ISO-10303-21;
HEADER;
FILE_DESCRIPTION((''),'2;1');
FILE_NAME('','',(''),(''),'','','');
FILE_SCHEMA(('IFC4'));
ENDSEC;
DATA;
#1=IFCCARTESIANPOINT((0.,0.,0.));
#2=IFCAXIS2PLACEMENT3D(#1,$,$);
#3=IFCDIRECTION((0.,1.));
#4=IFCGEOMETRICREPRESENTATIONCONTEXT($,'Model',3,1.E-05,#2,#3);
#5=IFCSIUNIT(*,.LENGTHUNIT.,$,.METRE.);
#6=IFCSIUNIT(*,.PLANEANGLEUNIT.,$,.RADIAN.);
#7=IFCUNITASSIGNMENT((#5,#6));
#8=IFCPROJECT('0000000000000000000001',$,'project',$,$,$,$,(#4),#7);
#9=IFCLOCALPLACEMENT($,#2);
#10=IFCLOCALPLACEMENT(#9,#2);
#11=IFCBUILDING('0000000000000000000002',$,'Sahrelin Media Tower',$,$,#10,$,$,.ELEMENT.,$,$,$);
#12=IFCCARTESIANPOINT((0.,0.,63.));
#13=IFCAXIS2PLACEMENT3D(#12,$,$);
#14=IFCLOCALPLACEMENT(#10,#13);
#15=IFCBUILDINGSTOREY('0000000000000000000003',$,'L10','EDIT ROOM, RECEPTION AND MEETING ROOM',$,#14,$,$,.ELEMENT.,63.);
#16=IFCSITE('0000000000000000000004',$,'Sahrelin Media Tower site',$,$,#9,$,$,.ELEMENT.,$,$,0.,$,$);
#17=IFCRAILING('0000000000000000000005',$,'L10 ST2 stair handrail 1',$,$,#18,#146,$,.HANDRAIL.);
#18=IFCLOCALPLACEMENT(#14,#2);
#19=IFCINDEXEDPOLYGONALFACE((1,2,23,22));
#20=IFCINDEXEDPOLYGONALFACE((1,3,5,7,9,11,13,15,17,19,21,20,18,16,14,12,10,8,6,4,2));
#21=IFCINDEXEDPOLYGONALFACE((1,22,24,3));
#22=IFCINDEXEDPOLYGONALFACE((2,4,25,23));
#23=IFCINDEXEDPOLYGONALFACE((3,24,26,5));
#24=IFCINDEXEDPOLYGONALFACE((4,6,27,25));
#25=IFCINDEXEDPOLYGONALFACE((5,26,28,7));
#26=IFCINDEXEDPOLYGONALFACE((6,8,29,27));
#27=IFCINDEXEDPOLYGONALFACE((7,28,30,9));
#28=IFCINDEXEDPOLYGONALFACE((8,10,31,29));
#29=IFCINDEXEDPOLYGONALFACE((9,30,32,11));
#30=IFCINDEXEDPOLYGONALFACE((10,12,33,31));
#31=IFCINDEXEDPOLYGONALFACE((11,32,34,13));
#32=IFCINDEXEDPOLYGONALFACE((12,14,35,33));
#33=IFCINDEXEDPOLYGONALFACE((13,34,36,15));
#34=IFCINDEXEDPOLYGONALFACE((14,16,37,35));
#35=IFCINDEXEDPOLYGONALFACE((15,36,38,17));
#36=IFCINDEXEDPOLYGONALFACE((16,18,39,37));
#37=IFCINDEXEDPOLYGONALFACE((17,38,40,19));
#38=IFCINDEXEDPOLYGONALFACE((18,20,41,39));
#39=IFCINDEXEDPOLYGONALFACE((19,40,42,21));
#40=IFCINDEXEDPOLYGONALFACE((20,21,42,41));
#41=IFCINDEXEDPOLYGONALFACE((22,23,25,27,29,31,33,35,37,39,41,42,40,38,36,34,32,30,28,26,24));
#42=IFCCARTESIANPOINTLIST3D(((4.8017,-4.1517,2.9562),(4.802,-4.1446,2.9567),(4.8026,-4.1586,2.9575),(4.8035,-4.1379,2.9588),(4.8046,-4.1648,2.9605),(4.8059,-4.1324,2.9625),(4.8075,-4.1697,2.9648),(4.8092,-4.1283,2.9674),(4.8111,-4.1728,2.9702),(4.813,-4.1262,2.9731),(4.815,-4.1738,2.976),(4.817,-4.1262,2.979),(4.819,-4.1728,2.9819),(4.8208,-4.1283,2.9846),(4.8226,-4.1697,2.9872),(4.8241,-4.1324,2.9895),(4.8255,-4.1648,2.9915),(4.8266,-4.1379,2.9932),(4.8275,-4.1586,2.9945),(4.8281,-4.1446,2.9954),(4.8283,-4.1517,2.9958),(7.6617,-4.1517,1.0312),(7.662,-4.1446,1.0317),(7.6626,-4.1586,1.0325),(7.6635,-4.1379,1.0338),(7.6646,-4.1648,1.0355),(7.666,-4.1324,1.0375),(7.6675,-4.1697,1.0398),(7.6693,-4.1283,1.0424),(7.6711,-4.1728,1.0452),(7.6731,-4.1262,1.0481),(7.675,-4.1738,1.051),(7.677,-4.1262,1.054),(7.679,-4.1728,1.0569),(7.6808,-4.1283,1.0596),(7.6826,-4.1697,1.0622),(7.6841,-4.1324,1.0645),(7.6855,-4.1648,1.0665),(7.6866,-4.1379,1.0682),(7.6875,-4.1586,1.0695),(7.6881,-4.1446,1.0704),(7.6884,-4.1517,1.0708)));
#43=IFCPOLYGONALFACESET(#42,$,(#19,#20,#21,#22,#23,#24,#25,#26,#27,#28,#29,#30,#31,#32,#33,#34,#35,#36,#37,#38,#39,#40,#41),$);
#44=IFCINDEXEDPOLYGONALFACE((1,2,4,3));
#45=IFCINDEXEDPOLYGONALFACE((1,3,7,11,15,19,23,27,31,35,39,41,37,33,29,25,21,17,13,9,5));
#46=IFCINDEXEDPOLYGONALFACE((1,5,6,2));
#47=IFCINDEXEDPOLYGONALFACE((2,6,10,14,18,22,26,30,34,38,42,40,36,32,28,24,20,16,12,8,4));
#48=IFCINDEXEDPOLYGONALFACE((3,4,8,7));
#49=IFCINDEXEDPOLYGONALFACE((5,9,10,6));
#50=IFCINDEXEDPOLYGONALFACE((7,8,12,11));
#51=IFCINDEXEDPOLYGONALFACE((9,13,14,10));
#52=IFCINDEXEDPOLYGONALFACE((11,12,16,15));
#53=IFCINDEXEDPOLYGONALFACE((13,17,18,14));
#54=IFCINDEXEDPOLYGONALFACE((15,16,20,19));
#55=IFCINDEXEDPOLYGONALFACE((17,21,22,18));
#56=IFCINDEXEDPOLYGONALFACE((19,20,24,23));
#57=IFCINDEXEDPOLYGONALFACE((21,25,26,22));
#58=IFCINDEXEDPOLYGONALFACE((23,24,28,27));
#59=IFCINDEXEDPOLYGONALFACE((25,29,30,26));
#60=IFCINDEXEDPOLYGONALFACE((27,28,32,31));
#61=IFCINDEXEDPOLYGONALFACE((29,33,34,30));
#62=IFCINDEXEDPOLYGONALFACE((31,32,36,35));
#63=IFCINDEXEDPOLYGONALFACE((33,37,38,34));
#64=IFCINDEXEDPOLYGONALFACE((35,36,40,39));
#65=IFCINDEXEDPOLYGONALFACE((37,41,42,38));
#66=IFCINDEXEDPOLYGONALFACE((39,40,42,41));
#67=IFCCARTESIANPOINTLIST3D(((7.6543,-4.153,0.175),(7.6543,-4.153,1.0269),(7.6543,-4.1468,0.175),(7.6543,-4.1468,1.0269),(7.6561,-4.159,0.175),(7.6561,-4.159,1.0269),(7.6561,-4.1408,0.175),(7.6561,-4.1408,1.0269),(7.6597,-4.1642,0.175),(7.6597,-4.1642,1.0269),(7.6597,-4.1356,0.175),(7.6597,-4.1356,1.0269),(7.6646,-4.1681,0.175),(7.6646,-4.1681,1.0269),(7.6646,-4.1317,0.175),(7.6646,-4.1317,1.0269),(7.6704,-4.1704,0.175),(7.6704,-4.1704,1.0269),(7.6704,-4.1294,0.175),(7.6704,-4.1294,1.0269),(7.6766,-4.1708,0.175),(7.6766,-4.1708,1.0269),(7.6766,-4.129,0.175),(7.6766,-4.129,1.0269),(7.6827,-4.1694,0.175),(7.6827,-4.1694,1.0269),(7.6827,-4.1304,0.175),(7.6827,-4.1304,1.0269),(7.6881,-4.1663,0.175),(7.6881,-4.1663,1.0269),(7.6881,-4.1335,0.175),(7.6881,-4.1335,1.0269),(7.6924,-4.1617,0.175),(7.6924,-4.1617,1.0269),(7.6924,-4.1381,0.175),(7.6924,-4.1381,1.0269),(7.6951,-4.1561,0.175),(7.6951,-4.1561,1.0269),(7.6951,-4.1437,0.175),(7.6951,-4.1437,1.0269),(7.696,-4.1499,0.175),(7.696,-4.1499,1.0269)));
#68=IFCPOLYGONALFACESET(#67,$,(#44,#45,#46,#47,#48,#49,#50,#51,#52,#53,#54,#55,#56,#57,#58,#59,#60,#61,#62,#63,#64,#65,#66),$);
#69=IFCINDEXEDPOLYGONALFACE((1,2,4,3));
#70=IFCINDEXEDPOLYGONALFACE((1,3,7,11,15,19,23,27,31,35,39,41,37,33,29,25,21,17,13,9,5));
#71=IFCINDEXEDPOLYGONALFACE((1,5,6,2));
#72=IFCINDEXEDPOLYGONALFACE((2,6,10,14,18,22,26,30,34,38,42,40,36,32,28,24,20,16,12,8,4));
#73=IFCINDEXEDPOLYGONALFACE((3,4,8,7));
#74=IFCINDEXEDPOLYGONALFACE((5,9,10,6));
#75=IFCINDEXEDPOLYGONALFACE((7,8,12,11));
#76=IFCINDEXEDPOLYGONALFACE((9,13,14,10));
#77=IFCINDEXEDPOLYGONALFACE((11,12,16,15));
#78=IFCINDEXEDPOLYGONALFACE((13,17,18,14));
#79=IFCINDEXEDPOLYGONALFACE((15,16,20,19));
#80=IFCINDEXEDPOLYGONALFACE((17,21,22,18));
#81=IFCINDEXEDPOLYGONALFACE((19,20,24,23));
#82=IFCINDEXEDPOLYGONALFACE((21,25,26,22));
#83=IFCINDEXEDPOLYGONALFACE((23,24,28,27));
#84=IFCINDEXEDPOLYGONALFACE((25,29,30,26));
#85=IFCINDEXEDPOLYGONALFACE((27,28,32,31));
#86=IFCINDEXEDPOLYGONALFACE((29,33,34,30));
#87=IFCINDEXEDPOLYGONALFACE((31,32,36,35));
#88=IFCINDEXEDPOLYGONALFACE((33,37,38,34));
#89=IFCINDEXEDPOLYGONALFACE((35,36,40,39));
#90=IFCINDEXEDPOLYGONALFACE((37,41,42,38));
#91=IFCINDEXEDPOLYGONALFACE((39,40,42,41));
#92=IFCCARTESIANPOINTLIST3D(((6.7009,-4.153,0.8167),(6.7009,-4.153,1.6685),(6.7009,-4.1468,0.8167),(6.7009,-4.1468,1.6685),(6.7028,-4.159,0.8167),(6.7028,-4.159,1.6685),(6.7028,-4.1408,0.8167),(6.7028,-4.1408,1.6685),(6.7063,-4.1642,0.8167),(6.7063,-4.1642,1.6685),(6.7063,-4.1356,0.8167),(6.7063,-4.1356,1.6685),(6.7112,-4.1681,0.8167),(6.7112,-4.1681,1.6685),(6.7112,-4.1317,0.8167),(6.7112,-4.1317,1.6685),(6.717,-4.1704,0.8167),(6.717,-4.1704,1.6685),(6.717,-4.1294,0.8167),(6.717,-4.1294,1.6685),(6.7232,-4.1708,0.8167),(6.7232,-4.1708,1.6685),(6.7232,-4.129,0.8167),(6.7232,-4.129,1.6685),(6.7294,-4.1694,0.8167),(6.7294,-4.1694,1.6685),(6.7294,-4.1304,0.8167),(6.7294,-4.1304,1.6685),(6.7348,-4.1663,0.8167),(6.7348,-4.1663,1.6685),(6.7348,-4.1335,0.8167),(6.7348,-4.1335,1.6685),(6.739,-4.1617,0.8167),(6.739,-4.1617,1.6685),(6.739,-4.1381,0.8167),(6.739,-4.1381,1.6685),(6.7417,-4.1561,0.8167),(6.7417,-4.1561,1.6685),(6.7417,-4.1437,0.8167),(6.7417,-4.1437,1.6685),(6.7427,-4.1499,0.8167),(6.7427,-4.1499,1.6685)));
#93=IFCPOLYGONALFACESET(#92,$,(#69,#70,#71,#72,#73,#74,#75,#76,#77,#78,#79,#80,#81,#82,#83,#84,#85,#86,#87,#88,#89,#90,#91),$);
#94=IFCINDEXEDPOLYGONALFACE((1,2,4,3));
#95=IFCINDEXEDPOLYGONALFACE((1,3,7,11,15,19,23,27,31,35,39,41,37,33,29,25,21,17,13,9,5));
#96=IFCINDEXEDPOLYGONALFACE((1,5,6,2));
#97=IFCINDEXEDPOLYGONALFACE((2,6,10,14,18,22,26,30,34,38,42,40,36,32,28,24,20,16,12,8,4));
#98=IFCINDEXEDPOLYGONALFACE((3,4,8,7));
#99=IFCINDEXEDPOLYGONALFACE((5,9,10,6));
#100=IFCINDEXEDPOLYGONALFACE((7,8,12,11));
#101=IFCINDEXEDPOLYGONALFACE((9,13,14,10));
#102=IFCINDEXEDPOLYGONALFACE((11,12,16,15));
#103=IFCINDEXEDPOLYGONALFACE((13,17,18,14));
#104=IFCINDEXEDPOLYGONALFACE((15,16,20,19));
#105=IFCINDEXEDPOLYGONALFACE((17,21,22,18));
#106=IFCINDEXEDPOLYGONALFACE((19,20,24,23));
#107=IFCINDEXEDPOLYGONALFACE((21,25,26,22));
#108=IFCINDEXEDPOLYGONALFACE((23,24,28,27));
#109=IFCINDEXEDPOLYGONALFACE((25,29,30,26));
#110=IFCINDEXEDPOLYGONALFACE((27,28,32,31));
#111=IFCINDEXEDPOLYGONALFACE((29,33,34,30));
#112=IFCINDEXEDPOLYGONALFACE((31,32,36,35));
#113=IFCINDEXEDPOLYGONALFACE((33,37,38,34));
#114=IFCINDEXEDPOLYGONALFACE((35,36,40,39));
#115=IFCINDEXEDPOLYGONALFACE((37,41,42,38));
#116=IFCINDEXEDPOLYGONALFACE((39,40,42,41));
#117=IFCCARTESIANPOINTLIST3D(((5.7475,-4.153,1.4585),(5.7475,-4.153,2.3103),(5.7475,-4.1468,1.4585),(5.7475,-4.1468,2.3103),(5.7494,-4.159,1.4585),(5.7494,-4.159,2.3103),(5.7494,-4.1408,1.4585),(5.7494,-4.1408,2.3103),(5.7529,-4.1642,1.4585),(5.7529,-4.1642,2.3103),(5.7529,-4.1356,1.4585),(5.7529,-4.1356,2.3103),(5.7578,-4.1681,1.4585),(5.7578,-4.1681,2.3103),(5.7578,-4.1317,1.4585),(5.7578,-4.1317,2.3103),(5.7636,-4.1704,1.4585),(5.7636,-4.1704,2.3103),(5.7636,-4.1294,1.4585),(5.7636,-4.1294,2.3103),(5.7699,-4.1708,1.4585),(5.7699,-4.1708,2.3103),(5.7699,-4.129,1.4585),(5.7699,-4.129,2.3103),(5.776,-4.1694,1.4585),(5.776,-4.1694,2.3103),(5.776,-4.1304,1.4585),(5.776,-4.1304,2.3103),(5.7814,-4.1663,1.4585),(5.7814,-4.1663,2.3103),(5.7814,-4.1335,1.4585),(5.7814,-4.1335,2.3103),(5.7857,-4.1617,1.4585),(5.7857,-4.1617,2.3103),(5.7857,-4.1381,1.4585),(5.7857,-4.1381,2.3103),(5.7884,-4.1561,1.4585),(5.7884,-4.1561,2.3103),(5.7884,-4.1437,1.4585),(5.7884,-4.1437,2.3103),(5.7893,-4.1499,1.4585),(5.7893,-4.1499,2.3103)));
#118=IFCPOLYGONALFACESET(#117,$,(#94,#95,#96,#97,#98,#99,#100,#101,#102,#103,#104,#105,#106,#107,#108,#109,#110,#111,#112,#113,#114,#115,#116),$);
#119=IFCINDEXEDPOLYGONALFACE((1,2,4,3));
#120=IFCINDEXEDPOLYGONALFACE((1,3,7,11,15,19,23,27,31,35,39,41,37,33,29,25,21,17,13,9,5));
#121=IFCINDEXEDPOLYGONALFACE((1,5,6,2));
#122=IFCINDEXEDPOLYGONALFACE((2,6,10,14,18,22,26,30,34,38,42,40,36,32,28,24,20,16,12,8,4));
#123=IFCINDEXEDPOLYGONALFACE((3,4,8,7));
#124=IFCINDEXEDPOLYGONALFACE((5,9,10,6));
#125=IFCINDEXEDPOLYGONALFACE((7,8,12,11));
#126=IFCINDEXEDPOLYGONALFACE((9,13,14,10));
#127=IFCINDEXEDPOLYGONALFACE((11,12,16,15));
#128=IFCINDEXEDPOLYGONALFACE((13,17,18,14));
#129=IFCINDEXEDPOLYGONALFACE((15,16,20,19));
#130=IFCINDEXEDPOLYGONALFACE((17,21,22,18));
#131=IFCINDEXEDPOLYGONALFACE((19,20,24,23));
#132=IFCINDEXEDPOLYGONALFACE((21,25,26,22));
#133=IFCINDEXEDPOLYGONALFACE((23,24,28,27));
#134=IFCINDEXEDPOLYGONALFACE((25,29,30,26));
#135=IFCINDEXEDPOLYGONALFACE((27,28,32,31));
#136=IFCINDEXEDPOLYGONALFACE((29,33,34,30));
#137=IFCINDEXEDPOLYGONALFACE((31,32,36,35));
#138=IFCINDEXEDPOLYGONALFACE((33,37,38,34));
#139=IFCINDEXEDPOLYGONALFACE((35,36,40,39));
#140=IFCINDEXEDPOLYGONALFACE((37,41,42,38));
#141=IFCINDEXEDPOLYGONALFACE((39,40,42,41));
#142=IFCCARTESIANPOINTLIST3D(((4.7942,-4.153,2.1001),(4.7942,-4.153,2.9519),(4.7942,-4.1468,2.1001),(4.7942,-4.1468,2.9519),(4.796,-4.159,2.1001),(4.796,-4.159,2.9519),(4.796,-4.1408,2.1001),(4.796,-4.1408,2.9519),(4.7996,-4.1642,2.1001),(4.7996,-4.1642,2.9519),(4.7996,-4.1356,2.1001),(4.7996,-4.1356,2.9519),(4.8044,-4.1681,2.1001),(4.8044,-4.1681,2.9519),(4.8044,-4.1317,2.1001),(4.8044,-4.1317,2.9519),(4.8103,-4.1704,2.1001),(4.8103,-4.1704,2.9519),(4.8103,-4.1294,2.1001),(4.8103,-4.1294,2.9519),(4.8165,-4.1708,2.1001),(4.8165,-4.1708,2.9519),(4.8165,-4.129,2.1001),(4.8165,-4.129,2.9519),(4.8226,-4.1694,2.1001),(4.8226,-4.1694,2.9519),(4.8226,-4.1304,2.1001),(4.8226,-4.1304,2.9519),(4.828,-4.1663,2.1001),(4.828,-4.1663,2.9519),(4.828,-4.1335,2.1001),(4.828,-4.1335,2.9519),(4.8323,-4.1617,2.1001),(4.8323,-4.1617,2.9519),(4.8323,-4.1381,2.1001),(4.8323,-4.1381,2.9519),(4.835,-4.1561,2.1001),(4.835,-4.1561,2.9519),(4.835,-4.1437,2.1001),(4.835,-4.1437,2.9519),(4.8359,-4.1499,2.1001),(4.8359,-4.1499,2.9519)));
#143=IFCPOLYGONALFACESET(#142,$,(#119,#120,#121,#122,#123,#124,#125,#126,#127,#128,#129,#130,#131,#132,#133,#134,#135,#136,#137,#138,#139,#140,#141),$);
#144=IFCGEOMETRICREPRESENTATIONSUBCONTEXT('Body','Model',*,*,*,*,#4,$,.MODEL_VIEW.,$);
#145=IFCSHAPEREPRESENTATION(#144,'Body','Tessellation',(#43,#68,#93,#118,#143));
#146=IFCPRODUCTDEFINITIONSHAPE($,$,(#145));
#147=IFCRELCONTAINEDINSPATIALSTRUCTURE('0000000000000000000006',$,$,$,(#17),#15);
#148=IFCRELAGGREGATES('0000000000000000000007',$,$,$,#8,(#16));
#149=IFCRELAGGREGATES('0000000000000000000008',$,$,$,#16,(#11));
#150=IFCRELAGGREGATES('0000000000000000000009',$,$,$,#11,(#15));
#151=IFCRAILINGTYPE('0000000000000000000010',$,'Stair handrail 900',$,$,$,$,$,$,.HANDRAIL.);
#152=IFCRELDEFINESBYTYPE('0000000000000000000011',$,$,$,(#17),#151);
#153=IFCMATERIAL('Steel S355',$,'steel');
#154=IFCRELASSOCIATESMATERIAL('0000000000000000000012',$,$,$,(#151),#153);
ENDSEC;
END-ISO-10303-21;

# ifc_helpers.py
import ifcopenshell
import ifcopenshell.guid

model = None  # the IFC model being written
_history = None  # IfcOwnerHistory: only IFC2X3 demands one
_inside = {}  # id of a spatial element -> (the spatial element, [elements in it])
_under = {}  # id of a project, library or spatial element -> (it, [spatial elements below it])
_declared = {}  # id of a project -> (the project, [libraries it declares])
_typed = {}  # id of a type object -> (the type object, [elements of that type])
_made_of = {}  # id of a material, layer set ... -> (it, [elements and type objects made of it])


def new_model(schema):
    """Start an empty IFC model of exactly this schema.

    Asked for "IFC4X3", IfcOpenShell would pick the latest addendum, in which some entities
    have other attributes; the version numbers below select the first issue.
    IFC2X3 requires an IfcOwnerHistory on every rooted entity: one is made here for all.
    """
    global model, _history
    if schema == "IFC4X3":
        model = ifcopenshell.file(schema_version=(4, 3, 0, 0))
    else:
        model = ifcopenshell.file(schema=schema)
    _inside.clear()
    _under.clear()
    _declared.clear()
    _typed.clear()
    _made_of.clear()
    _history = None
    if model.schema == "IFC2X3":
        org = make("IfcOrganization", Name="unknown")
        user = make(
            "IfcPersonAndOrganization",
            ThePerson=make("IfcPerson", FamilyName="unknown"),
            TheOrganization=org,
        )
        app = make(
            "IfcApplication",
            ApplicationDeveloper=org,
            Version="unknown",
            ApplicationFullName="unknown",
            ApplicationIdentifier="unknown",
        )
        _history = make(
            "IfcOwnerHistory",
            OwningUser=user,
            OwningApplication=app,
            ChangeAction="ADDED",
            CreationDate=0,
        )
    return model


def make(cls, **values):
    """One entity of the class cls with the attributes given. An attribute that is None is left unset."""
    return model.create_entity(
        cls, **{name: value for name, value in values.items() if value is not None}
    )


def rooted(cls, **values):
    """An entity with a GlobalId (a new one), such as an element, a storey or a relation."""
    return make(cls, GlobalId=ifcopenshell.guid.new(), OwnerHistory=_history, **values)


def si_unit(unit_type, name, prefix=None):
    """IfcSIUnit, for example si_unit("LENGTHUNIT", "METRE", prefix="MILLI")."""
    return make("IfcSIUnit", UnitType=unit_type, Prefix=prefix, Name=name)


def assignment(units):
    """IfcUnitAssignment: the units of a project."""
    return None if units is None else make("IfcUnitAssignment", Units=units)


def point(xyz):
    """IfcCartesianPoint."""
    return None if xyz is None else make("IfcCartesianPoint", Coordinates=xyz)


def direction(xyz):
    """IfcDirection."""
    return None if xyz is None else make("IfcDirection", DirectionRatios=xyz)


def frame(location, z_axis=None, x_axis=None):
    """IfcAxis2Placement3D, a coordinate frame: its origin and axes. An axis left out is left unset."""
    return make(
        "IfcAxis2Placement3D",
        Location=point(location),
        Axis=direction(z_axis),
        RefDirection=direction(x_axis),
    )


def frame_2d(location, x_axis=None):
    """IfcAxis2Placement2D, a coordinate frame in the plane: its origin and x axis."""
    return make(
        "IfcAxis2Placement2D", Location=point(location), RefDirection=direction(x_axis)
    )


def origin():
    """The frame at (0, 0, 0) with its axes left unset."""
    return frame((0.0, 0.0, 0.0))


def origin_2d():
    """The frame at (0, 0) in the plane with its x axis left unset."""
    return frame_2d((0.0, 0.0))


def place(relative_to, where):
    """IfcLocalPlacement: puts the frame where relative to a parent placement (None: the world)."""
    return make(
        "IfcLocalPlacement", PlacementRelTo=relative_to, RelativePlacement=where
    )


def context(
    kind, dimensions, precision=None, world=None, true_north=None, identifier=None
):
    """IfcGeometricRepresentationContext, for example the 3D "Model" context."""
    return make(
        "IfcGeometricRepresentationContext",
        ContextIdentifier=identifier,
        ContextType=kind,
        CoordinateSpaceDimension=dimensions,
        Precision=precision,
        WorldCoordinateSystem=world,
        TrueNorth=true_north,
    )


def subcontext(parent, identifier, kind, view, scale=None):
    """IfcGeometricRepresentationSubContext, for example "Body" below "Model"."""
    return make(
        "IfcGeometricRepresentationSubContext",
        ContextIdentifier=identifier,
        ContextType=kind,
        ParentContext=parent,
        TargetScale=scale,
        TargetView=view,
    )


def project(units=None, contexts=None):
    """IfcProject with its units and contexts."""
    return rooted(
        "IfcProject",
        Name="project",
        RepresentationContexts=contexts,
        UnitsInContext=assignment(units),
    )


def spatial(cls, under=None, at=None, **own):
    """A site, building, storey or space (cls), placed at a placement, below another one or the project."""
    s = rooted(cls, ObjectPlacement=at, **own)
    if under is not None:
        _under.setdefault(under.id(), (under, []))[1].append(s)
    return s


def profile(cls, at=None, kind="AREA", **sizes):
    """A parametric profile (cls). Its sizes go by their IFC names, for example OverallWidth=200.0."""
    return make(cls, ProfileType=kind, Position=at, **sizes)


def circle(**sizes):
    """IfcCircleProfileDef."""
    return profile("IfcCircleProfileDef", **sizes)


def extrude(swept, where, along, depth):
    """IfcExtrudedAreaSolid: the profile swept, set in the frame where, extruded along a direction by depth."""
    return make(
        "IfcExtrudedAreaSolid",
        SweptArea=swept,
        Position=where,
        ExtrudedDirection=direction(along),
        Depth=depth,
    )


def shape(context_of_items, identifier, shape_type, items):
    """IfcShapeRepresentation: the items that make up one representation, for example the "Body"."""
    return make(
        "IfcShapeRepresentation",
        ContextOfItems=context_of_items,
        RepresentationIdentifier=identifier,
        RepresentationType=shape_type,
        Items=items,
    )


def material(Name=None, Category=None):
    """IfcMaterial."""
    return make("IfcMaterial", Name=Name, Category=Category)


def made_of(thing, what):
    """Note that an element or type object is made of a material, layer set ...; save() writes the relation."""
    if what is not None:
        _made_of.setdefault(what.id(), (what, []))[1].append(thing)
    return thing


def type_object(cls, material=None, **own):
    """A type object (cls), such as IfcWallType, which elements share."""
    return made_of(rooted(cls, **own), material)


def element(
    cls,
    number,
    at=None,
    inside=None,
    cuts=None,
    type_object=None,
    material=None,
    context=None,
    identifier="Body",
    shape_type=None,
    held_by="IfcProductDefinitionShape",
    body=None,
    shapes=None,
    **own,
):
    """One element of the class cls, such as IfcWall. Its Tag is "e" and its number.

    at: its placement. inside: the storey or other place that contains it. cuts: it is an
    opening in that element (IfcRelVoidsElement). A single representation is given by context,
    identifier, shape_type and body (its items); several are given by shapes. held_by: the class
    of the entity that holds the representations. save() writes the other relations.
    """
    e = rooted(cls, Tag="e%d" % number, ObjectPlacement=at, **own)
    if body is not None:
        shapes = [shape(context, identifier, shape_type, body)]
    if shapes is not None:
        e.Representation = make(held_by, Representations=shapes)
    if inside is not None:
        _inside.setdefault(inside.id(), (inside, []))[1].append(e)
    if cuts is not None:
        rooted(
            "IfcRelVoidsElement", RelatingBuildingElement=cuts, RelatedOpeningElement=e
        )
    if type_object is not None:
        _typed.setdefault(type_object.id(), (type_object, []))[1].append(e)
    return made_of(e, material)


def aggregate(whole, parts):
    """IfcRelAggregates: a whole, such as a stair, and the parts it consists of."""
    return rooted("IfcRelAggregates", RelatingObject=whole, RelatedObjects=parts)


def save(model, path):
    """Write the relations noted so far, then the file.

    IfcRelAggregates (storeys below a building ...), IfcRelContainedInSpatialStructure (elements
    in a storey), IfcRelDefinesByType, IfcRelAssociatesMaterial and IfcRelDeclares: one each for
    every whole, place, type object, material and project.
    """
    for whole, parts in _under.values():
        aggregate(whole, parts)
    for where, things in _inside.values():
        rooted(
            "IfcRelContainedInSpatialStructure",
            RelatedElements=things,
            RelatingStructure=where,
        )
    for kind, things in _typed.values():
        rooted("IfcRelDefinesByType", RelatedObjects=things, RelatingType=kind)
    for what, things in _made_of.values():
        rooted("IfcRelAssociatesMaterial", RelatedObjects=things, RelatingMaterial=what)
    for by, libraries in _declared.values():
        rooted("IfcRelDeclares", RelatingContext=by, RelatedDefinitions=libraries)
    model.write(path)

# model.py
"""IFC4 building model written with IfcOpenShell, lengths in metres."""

from ifc_helpers import new_model, si_unit, direction, frame, origin, origin_2d, place, context, subcontext, project, spatial, circle, extrude, material, type_object, element, save


model = new_model("IFC4")

# Units and contexts
model_context = context("Model", 3, precision=1e-05, world=origin(), true_north=direction((0.0, 1.0)))
body_context = subcontext(model_context, "Body", "Model", "MODEL_VIEW")
ifc_project = project(units=[si_unit("LENGTHUNIT", "METRE"), si_unit("PLANEANGLEUNIT", "RADIAN")], contexts=[model_context])

# Site, building, storey
site_placement = place(None, origin())
site = spatial("IfcSite", under=ifc_project, at=site_placement, Name="Sahrelin Media Tower site", CompositionType="ELEMENT", RefElevation=0.0)
building_placement = place(site_placement, origin())
building = spatial("IfcBuilding", under=site, at=building_placement, Name="Sahrelin Media Tower", CompositionType="ELEMENT")
storey_placement = place(building_placement, frame((0.0, 0.0, 63.0)))
storey = spatial("IfcBuildingStorey", under=building, at=storey_placement, Name="L10", Description="EDIT ROOM, RECEPTION AND MEETING ROOM", CompositionType="ELEMENT", Elevation=63.0)

# Shared definitions
ifc_material_1 = material(Name="Steel S355", Category="steel")

# Railing
railing_type_1 = type_object("IfcRailingType", Name="Stair handrail 900", PredefinedType="HANDRAIL", material=ifc_material_1)
railing_1_placement = place(storey_placement, frame((7.675, -4.1499, 0.175)))
element("IfcRailing", 1, at=railing_1_placement, inside=storey, type_object=railing_type_1, Name="L10 ST2 stair handrail 1", PredefinedType="HANDRAIL", context=body_context, shape_type="SweptSolid", body=[
    extrude(circle(Radius=0.0239, at=origin_2d()), frame((0.0, 0.0, 0.876), z_axis=(-0.829591, 0.0, 0.558372), x_axis=(0.0, -1.0, 0.0)), (0.0, 0.0, 1.0), 3.4475),
    extrude(circle(Radius=0.021, at=origin_2d()), origin(), (0.0, 0.0, 1.0), 0.8518),
    extrude(circle(Radius=0.021, at=origin_2d()), frame((-0.9534, 0.0, 0.6416)), (0.0, 0.0, 1.0), 0.8518),
    extrude(circle(Radius=0.021, at=origin_2d()), frame((-1.9067, 0.0, 1.2834)), (0.0, 0.0, 1.0), 0.8518),
    extrude(circle(Radius=0.021, at=origin_2d()), frame((-2.8601, 0.0, 1.925)), (0.0, 0.0, 1.0), 0.8518),
])

save(model, "model.ifc")
